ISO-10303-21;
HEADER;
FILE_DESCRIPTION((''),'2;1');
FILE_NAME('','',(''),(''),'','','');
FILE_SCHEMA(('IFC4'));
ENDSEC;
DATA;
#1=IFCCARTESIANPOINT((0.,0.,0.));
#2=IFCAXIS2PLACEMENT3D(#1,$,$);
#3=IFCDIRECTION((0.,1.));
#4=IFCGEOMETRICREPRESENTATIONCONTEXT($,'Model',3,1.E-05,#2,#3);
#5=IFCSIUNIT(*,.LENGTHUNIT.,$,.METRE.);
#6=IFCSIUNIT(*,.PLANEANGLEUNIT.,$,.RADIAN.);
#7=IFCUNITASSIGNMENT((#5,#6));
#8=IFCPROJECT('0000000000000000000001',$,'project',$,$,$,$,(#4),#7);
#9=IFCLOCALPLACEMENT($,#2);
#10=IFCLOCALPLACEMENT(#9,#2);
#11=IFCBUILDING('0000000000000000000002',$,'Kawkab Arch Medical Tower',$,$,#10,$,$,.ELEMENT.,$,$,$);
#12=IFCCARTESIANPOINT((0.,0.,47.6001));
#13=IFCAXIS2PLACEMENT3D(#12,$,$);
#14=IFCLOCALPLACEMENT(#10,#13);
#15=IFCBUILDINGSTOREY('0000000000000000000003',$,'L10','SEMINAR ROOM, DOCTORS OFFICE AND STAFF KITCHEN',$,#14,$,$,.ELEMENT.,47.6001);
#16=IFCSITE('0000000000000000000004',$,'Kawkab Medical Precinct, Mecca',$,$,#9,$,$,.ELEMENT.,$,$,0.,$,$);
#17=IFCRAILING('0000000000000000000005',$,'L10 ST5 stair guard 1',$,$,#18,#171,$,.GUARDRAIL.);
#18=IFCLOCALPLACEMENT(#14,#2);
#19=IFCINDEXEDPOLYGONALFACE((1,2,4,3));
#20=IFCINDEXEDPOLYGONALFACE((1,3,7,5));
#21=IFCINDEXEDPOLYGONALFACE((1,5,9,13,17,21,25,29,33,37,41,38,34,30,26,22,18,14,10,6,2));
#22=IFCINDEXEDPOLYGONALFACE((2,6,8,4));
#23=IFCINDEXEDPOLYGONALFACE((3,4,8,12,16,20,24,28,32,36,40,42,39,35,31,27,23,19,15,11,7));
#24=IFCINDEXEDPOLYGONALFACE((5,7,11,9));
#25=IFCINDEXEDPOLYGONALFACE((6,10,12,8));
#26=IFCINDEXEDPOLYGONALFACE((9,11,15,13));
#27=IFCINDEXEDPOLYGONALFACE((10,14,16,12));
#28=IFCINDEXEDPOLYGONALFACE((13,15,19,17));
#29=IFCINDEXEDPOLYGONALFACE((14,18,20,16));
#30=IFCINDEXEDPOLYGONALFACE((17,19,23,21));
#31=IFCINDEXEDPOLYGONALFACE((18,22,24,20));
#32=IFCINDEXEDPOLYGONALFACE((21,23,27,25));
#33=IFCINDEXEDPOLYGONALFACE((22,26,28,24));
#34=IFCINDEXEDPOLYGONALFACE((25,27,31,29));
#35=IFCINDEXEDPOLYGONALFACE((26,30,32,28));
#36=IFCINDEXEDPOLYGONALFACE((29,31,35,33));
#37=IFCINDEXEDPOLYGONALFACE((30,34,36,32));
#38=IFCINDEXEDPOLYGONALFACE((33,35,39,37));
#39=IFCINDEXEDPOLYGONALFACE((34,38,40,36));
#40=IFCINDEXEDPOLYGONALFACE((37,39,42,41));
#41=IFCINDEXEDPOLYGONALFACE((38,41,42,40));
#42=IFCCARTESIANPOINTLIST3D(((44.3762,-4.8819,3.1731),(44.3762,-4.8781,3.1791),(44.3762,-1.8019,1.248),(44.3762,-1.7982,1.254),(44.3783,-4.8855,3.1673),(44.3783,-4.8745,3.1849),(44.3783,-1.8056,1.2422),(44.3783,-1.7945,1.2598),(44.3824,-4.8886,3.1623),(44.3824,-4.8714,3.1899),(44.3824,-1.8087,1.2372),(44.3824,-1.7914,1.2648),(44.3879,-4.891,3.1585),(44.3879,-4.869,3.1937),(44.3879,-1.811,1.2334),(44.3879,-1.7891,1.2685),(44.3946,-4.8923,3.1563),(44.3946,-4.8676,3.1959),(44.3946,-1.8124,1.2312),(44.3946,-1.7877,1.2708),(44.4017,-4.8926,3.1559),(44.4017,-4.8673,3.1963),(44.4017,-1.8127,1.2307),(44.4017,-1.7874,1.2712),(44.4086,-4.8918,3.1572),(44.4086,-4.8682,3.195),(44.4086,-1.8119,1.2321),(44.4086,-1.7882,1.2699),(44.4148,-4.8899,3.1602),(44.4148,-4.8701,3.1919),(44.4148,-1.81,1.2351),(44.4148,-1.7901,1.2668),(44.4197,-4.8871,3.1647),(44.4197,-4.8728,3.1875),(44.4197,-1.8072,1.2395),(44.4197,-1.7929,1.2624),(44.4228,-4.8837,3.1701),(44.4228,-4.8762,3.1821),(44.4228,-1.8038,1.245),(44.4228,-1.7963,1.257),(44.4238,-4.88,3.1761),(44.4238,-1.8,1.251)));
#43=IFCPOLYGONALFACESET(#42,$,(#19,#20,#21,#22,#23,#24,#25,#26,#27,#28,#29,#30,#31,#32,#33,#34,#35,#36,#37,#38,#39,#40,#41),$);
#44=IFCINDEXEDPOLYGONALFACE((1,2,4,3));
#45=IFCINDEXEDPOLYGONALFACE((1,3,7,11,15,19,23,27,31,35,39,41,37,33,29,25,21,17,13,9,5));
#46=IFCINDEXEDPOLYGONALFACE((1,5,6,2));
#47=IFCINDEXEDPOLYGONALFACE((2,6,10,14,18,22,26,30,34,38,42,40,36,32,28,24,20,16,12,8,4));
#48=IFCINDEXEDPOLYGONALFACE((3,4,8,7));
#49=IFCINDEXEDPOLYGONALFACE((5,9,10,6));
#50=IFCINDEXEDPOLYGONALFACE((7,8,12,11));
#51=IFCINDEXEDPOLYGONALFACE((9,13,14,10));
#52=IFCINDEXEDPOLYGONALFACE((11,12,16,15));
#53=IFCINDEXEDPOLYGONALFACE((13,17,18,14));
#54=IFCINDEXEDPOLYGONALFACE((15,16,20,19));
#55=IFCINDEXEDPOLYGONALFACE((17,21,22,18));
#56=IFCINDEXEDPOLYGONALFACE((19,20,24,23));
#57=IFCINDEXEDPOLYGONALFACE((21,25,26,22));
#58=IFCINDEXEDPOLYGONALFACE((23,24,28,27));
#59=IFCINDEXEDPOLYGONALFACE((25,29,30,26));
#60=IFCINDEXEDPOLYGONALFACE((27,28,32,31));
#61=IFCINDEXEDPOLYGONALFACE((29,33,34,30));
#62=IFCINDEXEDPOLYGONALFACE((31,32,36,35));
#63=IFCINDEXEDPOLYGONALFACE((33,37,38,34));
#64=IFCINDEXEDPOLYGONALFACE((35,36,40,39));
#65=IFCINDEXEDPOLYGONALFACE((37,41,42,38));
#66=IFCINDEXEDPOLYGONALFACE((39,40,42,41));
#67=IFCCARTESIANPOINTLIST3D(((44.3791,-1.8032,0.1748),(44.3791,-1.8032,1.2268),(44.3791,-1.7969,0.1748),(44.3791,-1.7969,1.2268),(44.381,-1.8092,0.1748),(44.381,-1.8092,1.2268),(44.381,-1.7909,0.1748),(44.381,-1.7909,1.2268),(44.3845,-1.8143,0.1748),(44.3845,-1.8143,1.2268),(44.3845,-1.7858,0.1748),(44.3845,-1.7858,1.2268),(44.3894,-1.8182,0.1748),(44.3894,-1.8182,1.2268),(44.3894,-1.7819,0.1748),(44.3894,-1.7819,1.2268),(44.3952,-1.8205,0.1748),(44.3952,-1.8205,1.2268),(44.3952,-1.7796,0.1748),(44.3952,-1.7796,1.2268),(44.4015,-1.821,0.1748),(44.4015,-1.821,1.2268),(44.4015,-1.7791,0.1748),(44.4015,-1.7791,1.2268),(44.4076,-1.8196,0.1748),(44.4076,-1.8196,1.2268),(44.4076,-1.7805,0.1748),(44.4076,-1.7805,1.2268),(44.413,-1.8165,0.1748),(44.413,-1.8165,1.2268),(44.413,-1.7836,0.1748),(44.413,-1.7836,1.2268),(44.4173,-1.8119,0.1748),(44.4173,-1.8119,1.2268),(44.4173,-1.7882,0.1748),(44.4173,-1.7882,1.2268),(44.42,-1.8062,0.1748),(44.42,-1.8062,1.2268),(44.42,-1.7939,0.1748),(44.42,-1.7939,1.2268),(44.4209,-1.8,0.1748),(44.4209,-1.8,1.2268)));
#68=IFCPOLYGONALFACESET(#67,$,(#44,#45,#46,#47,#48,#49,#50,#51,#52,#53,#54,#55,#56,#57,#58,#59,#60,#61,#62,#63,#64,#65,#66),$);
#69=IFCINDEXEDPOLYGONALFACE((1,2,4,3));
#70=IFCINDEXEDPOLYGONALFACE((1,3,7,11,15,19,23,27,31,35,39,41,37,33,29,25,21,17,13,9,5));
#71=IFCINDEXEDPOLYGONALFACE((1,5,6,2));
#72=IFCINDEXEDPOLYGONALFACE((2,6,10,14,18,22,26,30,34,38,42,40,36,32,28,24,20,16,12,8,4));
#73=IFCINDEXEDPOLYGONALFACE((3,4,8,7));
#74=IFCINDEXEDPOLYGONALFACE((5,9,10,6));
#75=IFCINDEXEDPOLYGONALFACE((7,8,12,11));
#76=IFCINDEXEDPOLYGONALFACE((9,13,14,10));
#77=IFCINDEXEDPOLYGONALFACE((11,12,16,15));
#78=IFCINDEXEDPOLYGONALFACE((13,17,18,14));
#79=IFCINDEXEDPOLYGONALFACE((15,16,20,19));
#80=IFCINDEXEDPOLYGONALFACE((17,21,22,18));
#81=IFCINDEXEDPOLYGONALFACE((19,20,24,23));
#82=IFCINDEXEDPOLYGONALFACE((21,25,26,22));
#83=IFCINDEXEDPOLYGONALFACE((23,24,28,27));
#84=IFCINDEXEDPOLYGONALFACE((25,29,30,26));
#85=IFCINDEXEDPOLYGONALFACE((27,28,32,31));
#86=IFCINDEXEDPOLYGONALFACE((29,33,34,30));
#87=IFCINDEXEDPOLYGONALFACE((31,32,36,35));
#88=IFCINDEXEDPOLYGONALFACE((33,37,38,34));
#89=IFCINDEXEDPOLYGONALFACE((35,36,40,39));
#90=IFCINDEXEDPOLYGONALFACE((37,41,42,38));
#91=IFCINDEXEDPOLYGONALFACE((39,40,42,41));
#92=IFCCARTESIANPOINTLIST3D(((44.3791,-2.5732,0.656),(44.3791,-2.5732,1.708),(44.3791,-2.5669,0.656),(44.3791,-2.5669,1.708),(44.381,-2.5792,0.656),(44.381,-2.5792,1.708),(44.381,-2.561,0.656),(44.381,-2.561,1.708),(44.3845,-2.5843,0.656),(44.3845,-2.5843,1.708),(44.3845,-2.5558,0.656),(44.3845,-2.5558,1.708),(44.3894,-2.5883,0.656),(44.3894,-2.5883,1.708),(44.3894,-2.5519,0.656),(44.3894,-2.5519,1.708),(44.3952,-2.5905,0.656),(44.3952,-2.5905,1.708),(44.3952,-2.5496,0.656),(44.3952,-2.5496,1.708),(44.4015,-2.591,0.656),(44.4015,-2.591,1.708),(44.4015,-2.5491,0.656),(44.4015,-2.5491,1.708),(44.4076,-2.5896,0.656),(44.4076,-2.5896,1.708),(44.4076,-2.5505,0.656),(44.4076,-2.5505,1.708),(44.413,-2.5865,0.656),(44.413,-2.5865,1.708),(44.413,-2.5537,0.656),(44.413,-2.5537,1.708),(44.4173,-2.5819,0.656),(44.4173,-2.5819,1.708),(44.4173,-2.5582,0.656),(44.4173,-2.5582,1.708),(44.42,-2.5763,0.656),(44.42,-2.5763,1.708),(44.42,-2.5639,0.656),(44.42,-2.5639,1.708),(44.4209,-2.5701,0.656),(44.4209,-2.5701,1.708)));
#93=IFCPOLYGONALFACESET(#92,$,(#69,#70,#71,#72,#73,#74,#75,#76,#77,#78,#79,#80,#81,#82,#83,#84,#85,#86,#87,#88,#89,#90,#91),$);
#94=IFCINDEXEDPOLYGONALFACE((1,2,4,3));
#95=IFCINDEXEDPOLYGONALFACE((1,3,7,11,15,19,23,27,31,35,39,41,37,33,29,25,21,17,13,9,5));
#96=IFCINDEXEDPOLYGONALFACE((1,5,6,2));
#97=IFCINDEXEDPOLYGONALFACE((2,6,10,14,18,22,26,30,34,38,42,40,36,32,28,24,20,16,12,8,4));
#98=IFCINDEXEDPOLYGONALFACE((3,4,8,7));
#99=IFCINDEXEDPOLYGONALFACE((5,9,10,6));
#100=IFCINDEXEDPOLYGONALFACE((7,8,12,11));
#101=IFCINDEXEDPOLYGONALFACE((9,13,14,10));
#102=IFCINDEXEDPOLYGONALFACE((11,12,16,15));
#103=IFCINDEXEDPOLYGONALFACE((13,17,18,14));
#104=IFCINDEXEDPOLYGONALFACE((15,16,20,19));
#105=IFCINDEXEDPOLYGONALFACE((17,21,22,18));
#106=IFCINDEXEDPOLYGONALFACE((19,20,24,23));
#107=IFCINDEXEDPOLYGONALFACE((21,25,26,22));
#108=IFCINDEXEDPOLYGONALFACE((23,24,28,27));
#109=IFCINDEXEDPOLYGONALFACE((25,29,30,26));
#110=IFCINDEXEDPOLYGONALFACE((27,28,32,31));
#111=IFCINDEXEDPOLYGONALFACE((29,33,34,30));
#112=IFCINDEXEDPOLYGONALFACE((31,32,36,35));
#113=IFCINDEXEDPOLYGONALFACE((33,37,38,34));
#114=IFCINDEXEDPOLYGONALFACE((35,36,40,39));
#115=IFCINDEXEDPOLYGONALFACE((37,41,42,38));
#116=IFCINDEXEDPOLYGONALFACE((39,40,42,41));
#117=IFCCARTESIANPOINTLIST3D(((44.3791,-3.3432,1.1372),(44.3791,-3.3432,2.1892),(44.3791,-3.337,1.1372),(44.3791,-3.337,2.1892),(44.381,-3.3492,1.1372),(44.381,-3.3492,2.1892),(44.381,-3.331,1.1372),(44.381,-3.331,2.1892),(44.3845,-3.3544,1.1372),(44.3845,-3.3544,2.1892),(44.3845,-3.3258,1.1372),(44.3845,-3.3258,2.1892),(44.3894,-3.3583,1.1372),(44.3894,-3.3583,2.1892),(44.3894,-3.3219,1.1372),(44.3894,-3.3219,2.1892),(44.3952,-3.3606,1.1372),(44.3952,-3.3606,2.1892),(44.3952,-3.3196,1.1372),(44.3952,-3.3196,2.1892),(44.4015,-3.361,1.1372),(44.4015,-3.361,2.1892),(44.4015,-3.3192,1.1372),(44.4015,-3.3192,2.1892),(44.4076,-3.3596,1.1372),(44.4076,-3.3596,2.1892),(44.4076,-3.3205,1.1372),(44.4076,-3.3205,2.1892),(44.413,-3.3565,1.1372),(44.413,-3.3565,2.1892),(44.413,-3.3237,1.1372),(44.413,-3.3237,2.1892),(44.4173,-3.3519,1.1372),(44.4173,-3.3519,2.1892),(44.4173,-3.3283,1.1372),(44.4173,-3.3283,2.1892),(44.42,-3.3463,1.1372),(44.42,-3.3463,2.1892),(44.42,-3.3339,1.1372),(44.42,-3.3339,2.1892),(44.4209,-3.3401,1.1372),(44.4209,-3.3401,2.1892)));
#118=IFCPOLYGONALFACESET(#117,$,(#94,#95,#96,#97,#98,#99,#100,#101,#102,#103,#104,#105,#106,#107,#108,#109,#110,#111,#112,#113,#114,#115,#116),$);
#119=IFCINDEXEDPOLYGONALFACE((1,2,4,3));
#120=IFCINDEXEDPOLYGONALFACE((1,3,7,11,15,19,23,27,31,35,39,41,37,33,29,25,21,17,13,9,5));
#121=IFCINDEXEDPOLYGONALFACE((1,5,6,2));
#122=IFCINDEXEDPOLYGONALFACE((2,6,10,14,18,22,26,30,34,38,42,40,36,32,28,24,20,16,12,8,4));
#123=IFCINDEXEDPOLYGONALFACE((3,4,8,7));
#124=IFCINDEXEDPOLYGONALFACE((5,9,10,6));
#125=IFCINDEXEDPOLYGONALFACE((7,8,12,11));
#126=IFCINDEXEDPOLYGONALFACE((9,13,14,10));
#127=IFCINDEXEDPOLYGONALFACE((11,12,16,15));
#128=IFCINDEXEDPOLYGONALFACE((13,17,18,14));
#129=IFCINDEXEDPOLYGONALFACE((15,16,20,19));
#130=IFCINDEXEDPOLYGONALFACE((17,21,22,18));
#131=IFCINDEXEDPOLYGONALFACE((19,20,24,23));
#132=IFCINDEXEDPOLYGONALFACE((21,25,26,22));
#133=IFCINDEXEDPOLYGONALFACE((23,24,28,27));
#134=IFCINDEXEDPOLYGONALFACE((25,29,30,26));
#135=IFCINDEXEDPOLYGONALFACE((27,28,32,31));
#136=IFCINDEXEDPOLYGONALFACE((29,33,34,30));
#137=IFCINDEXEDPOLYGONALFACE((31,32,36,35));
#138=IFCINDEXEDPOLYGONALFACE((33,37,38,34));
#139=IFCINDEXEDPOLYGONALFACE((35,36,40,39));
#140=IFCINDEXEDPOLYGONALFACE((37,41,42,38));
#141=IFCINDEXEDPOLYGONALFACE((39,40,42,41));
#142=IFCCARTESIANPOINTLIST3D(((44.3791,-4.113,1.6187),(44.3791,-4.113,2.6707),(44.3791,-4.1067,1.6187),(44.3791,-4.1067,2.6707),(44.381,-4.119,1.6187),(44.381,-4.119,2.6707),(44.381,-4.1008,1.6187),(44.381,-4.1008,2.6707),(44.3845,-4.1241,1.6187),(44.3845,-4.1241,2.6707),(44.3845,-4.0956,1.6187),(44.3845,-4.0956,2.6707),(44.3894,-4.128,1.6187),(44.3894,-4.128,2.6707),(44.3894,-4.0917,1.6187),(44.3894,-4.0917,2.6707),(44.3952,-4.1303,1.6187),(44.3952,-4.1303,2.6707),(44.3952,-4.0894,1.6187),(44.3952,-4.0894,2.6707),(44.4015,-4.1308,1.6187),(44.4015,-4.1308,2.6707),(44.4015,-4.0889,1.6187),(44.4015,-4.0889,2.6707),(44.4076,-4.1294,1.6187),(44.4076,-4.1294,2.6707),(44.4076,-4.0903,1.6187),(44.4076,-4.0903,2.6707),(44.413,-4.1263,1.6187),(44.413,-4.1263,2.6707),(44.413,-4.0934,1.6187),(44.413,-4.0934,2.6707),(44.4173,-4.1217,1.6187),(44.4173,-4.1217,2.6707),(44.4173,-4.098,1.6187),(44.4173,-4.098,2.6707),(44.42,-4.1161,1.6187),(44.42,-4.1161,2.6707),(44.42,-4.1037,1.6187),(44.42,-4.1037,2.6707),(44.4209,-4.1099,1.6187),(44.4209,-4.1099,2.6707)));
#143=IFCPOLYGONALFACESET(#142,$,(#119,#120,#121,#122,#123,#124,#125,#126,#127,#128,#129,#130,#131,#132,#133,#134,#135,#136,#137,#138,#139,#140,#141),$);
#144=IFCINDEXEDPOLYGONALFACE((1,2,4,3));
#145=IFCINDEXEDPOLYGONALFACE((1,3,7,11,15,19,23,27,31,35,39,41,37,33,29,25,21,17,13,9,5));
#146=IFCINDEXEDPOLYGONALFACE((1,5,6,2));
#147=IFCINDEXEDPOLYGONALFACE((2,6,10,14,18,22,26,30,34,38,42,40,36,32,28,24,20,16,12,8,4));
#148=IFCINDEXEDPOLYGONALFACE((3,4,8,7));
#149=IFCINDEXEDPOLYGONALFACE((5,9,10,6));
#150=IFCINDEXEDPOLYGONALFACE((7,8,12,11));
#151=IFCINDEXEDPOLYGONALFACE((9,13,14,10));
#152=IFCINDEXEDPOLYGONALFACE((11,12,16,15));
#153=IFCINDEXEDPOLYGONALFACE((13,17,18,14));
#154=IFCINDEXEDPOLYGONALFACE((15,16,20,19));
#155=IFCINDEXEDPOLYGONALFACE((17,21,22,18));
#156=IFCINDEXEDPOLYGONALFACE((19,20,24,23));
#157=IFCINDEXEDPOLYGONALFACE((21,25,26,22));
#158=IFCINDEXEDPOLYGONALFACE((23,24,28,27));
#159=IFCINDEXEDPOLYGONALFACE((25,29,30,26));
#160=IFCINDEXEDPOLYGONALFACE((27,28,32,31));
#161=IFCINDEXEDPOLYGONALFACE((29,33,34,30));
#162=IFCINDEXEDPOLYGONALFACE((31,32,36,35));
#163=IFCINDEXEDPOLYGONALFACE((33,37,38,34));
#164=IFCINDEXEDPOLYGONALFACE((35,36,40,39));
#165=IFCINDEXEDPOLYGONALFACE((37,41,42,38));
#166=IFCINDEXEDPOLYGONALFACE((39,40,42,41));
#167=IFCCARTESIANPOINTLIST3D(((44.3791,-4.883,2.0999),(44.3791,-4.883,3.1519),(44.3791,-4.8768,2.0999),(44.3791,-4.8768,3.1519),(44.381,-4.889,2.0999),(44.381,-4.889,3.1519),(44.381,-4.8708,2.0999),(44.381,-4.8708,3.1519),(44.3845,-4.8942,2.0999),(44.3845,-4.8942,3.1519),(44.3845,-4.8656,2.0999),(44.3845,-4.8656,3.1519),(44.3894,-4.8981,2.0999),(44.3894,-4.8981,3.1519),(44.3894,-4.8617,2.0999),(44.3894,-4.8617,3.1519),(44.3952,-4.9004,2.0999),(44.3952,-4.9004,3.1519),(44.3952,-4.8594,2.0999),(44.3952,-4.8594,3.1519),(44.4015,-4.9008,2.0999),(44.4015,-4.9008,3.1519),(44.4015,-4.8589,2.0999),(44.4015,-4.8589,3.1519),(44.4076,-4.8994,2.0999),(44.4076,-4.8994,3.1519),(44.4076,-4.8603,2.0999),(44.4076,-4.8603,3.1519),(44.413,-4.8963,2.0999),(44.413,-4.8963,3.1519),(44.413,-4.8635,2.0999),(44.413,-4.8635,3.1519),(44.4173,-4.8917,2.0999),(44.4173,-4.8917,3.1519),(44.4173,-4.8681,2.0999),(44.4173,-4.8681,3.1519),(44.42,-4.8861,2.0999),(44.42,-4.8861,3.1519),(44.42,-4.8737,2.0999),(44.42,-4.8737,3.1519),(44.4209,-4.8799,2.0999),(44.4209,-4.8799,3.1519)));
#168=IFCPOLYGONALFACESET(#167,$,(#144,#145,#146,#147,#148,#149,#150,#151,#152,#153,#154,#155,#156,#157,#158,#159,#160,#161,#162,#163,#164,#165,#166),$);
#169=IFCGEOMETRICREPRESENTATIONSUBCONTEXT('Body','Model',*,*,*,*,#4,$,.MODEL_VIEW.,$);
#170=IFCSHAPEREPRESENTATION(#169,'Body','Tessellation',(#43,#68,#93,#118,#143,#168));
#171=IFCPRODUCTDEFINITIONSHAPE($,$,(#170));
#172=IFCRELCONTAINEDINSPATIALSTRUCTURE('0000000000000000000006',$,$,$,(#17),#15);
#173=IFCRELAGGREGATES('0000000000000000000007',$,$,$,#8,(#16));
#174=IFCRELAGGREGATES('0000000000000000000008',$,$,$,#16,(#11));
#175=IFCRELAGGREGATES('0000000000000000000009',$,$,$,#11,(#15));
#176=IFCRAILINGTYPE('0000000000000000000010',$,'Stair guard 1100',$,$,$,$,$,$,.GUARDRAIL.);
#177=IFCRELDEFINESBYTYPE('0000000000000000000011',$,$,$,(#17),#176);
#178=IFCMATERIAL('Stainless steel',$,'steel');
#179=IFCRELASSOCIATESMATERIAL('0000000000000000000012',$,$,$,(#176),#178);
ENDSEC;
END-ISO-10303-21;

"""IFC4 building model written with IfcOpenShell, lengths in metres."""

from ifc_helpers import new_model, si_unit, direction, frame, origin, origin_2d, place, context, subcontext, project, spatial, circle, extrude, material, type_object, element, save


model = new_model("IFC4")

# Units and contexts
model_context = context("Model", 3, precision=1e-05, world=origin(), true_north=direction((0.0, 1.0)))
body_context = subcontext(model_context, "Body", "Model", "MODEL_VIEW")
ifc_project = project(units=[si_unit("LENGTHUNIT", "METRE"), si_unit("PLANEANGLEUNIT", "RADIAN")], contexts=[model_context])

# Site, building, storey
site_placement = place(None, origin())
site = spatial("IfcSite", under=ifc_project, at=site_placement, Name="Kawkab Medical Precinct, Mecca", CompositionType="ELEMENT", RefElevation=0.0)
building_placement = place(site_placement, origin())
building = spatial("IfcBuilding", under=site, at=building_placement, Name="Kawkab Arch Medical Tower", CompositionType="ELEMENT")
storey_placement = place(building_placement, frame((0.0, 0.0, 47.6001)))
storey = spatial("IfcBuildingStorey", under=building, at=storey_placement, Name="L10", Description="SEMINAR ROOM, DOCTORS OFFICE AND STAFF KITCHEN", CompositionType="ELEMENT", Elevation=47.6001)

# Railing
ifc_material_1 = material(Name="Stainless steel", Category="steel")
railing_type = type_object("IfcRailingType", Name="Stair guard 1100", PredefinedType="GUARDRAIL", material=ifc_material_1)
railing_1_placement = place(storey_placement, frame((44.3999, -1.8, 0.1748)))
element("IfcRailing", 1, at=railing_1_placement, inside=storey, type_object=railing_type, Name="L10 ST5 stair guard 1", PredefinedType="GUARDRAIL", context=body_context, shape_type="SweptSolid", body=[
    extrude(circle(Radius=0.0239, at=origin_2d()), frame((0.0, 0.0, 1.0762), z_axis=(0.0, -0.847979, 0.530029), x_axis=(1.0, 0.0, 0.0)), (0.0, 0.0, 1.0), 3.6321),
    extrude(circle(Radius=0.021, at=origin_2d()), origin(), (0.0, 0.0, 1.0), 1.052),
    extrude(circle(Radius=0.021, at=origin_2d()), frame((0.0, -0.77, 0.4812)), (0.0, 0.0, 1.0), 1.052),
    extrude(circle(Radius=0.021, at=origin_2d()), frame((0.0, -1.54, 0.9624)), (0.0, 0.0, 1.0), 1.052),
    extrude(circle(Radius=0.021, at=origin_2d()), frame((0.0, -2.3098, 1.4438)), (0.0, 0.0, 1.0), 1.052),
    extrude(circle(Radius=0.021, at=origin_2d()), frame((0.0, -3.0798, 1.925)), (0.0, 0.0, 1.0), 1.052),
])

save(model, "model.ifc")
